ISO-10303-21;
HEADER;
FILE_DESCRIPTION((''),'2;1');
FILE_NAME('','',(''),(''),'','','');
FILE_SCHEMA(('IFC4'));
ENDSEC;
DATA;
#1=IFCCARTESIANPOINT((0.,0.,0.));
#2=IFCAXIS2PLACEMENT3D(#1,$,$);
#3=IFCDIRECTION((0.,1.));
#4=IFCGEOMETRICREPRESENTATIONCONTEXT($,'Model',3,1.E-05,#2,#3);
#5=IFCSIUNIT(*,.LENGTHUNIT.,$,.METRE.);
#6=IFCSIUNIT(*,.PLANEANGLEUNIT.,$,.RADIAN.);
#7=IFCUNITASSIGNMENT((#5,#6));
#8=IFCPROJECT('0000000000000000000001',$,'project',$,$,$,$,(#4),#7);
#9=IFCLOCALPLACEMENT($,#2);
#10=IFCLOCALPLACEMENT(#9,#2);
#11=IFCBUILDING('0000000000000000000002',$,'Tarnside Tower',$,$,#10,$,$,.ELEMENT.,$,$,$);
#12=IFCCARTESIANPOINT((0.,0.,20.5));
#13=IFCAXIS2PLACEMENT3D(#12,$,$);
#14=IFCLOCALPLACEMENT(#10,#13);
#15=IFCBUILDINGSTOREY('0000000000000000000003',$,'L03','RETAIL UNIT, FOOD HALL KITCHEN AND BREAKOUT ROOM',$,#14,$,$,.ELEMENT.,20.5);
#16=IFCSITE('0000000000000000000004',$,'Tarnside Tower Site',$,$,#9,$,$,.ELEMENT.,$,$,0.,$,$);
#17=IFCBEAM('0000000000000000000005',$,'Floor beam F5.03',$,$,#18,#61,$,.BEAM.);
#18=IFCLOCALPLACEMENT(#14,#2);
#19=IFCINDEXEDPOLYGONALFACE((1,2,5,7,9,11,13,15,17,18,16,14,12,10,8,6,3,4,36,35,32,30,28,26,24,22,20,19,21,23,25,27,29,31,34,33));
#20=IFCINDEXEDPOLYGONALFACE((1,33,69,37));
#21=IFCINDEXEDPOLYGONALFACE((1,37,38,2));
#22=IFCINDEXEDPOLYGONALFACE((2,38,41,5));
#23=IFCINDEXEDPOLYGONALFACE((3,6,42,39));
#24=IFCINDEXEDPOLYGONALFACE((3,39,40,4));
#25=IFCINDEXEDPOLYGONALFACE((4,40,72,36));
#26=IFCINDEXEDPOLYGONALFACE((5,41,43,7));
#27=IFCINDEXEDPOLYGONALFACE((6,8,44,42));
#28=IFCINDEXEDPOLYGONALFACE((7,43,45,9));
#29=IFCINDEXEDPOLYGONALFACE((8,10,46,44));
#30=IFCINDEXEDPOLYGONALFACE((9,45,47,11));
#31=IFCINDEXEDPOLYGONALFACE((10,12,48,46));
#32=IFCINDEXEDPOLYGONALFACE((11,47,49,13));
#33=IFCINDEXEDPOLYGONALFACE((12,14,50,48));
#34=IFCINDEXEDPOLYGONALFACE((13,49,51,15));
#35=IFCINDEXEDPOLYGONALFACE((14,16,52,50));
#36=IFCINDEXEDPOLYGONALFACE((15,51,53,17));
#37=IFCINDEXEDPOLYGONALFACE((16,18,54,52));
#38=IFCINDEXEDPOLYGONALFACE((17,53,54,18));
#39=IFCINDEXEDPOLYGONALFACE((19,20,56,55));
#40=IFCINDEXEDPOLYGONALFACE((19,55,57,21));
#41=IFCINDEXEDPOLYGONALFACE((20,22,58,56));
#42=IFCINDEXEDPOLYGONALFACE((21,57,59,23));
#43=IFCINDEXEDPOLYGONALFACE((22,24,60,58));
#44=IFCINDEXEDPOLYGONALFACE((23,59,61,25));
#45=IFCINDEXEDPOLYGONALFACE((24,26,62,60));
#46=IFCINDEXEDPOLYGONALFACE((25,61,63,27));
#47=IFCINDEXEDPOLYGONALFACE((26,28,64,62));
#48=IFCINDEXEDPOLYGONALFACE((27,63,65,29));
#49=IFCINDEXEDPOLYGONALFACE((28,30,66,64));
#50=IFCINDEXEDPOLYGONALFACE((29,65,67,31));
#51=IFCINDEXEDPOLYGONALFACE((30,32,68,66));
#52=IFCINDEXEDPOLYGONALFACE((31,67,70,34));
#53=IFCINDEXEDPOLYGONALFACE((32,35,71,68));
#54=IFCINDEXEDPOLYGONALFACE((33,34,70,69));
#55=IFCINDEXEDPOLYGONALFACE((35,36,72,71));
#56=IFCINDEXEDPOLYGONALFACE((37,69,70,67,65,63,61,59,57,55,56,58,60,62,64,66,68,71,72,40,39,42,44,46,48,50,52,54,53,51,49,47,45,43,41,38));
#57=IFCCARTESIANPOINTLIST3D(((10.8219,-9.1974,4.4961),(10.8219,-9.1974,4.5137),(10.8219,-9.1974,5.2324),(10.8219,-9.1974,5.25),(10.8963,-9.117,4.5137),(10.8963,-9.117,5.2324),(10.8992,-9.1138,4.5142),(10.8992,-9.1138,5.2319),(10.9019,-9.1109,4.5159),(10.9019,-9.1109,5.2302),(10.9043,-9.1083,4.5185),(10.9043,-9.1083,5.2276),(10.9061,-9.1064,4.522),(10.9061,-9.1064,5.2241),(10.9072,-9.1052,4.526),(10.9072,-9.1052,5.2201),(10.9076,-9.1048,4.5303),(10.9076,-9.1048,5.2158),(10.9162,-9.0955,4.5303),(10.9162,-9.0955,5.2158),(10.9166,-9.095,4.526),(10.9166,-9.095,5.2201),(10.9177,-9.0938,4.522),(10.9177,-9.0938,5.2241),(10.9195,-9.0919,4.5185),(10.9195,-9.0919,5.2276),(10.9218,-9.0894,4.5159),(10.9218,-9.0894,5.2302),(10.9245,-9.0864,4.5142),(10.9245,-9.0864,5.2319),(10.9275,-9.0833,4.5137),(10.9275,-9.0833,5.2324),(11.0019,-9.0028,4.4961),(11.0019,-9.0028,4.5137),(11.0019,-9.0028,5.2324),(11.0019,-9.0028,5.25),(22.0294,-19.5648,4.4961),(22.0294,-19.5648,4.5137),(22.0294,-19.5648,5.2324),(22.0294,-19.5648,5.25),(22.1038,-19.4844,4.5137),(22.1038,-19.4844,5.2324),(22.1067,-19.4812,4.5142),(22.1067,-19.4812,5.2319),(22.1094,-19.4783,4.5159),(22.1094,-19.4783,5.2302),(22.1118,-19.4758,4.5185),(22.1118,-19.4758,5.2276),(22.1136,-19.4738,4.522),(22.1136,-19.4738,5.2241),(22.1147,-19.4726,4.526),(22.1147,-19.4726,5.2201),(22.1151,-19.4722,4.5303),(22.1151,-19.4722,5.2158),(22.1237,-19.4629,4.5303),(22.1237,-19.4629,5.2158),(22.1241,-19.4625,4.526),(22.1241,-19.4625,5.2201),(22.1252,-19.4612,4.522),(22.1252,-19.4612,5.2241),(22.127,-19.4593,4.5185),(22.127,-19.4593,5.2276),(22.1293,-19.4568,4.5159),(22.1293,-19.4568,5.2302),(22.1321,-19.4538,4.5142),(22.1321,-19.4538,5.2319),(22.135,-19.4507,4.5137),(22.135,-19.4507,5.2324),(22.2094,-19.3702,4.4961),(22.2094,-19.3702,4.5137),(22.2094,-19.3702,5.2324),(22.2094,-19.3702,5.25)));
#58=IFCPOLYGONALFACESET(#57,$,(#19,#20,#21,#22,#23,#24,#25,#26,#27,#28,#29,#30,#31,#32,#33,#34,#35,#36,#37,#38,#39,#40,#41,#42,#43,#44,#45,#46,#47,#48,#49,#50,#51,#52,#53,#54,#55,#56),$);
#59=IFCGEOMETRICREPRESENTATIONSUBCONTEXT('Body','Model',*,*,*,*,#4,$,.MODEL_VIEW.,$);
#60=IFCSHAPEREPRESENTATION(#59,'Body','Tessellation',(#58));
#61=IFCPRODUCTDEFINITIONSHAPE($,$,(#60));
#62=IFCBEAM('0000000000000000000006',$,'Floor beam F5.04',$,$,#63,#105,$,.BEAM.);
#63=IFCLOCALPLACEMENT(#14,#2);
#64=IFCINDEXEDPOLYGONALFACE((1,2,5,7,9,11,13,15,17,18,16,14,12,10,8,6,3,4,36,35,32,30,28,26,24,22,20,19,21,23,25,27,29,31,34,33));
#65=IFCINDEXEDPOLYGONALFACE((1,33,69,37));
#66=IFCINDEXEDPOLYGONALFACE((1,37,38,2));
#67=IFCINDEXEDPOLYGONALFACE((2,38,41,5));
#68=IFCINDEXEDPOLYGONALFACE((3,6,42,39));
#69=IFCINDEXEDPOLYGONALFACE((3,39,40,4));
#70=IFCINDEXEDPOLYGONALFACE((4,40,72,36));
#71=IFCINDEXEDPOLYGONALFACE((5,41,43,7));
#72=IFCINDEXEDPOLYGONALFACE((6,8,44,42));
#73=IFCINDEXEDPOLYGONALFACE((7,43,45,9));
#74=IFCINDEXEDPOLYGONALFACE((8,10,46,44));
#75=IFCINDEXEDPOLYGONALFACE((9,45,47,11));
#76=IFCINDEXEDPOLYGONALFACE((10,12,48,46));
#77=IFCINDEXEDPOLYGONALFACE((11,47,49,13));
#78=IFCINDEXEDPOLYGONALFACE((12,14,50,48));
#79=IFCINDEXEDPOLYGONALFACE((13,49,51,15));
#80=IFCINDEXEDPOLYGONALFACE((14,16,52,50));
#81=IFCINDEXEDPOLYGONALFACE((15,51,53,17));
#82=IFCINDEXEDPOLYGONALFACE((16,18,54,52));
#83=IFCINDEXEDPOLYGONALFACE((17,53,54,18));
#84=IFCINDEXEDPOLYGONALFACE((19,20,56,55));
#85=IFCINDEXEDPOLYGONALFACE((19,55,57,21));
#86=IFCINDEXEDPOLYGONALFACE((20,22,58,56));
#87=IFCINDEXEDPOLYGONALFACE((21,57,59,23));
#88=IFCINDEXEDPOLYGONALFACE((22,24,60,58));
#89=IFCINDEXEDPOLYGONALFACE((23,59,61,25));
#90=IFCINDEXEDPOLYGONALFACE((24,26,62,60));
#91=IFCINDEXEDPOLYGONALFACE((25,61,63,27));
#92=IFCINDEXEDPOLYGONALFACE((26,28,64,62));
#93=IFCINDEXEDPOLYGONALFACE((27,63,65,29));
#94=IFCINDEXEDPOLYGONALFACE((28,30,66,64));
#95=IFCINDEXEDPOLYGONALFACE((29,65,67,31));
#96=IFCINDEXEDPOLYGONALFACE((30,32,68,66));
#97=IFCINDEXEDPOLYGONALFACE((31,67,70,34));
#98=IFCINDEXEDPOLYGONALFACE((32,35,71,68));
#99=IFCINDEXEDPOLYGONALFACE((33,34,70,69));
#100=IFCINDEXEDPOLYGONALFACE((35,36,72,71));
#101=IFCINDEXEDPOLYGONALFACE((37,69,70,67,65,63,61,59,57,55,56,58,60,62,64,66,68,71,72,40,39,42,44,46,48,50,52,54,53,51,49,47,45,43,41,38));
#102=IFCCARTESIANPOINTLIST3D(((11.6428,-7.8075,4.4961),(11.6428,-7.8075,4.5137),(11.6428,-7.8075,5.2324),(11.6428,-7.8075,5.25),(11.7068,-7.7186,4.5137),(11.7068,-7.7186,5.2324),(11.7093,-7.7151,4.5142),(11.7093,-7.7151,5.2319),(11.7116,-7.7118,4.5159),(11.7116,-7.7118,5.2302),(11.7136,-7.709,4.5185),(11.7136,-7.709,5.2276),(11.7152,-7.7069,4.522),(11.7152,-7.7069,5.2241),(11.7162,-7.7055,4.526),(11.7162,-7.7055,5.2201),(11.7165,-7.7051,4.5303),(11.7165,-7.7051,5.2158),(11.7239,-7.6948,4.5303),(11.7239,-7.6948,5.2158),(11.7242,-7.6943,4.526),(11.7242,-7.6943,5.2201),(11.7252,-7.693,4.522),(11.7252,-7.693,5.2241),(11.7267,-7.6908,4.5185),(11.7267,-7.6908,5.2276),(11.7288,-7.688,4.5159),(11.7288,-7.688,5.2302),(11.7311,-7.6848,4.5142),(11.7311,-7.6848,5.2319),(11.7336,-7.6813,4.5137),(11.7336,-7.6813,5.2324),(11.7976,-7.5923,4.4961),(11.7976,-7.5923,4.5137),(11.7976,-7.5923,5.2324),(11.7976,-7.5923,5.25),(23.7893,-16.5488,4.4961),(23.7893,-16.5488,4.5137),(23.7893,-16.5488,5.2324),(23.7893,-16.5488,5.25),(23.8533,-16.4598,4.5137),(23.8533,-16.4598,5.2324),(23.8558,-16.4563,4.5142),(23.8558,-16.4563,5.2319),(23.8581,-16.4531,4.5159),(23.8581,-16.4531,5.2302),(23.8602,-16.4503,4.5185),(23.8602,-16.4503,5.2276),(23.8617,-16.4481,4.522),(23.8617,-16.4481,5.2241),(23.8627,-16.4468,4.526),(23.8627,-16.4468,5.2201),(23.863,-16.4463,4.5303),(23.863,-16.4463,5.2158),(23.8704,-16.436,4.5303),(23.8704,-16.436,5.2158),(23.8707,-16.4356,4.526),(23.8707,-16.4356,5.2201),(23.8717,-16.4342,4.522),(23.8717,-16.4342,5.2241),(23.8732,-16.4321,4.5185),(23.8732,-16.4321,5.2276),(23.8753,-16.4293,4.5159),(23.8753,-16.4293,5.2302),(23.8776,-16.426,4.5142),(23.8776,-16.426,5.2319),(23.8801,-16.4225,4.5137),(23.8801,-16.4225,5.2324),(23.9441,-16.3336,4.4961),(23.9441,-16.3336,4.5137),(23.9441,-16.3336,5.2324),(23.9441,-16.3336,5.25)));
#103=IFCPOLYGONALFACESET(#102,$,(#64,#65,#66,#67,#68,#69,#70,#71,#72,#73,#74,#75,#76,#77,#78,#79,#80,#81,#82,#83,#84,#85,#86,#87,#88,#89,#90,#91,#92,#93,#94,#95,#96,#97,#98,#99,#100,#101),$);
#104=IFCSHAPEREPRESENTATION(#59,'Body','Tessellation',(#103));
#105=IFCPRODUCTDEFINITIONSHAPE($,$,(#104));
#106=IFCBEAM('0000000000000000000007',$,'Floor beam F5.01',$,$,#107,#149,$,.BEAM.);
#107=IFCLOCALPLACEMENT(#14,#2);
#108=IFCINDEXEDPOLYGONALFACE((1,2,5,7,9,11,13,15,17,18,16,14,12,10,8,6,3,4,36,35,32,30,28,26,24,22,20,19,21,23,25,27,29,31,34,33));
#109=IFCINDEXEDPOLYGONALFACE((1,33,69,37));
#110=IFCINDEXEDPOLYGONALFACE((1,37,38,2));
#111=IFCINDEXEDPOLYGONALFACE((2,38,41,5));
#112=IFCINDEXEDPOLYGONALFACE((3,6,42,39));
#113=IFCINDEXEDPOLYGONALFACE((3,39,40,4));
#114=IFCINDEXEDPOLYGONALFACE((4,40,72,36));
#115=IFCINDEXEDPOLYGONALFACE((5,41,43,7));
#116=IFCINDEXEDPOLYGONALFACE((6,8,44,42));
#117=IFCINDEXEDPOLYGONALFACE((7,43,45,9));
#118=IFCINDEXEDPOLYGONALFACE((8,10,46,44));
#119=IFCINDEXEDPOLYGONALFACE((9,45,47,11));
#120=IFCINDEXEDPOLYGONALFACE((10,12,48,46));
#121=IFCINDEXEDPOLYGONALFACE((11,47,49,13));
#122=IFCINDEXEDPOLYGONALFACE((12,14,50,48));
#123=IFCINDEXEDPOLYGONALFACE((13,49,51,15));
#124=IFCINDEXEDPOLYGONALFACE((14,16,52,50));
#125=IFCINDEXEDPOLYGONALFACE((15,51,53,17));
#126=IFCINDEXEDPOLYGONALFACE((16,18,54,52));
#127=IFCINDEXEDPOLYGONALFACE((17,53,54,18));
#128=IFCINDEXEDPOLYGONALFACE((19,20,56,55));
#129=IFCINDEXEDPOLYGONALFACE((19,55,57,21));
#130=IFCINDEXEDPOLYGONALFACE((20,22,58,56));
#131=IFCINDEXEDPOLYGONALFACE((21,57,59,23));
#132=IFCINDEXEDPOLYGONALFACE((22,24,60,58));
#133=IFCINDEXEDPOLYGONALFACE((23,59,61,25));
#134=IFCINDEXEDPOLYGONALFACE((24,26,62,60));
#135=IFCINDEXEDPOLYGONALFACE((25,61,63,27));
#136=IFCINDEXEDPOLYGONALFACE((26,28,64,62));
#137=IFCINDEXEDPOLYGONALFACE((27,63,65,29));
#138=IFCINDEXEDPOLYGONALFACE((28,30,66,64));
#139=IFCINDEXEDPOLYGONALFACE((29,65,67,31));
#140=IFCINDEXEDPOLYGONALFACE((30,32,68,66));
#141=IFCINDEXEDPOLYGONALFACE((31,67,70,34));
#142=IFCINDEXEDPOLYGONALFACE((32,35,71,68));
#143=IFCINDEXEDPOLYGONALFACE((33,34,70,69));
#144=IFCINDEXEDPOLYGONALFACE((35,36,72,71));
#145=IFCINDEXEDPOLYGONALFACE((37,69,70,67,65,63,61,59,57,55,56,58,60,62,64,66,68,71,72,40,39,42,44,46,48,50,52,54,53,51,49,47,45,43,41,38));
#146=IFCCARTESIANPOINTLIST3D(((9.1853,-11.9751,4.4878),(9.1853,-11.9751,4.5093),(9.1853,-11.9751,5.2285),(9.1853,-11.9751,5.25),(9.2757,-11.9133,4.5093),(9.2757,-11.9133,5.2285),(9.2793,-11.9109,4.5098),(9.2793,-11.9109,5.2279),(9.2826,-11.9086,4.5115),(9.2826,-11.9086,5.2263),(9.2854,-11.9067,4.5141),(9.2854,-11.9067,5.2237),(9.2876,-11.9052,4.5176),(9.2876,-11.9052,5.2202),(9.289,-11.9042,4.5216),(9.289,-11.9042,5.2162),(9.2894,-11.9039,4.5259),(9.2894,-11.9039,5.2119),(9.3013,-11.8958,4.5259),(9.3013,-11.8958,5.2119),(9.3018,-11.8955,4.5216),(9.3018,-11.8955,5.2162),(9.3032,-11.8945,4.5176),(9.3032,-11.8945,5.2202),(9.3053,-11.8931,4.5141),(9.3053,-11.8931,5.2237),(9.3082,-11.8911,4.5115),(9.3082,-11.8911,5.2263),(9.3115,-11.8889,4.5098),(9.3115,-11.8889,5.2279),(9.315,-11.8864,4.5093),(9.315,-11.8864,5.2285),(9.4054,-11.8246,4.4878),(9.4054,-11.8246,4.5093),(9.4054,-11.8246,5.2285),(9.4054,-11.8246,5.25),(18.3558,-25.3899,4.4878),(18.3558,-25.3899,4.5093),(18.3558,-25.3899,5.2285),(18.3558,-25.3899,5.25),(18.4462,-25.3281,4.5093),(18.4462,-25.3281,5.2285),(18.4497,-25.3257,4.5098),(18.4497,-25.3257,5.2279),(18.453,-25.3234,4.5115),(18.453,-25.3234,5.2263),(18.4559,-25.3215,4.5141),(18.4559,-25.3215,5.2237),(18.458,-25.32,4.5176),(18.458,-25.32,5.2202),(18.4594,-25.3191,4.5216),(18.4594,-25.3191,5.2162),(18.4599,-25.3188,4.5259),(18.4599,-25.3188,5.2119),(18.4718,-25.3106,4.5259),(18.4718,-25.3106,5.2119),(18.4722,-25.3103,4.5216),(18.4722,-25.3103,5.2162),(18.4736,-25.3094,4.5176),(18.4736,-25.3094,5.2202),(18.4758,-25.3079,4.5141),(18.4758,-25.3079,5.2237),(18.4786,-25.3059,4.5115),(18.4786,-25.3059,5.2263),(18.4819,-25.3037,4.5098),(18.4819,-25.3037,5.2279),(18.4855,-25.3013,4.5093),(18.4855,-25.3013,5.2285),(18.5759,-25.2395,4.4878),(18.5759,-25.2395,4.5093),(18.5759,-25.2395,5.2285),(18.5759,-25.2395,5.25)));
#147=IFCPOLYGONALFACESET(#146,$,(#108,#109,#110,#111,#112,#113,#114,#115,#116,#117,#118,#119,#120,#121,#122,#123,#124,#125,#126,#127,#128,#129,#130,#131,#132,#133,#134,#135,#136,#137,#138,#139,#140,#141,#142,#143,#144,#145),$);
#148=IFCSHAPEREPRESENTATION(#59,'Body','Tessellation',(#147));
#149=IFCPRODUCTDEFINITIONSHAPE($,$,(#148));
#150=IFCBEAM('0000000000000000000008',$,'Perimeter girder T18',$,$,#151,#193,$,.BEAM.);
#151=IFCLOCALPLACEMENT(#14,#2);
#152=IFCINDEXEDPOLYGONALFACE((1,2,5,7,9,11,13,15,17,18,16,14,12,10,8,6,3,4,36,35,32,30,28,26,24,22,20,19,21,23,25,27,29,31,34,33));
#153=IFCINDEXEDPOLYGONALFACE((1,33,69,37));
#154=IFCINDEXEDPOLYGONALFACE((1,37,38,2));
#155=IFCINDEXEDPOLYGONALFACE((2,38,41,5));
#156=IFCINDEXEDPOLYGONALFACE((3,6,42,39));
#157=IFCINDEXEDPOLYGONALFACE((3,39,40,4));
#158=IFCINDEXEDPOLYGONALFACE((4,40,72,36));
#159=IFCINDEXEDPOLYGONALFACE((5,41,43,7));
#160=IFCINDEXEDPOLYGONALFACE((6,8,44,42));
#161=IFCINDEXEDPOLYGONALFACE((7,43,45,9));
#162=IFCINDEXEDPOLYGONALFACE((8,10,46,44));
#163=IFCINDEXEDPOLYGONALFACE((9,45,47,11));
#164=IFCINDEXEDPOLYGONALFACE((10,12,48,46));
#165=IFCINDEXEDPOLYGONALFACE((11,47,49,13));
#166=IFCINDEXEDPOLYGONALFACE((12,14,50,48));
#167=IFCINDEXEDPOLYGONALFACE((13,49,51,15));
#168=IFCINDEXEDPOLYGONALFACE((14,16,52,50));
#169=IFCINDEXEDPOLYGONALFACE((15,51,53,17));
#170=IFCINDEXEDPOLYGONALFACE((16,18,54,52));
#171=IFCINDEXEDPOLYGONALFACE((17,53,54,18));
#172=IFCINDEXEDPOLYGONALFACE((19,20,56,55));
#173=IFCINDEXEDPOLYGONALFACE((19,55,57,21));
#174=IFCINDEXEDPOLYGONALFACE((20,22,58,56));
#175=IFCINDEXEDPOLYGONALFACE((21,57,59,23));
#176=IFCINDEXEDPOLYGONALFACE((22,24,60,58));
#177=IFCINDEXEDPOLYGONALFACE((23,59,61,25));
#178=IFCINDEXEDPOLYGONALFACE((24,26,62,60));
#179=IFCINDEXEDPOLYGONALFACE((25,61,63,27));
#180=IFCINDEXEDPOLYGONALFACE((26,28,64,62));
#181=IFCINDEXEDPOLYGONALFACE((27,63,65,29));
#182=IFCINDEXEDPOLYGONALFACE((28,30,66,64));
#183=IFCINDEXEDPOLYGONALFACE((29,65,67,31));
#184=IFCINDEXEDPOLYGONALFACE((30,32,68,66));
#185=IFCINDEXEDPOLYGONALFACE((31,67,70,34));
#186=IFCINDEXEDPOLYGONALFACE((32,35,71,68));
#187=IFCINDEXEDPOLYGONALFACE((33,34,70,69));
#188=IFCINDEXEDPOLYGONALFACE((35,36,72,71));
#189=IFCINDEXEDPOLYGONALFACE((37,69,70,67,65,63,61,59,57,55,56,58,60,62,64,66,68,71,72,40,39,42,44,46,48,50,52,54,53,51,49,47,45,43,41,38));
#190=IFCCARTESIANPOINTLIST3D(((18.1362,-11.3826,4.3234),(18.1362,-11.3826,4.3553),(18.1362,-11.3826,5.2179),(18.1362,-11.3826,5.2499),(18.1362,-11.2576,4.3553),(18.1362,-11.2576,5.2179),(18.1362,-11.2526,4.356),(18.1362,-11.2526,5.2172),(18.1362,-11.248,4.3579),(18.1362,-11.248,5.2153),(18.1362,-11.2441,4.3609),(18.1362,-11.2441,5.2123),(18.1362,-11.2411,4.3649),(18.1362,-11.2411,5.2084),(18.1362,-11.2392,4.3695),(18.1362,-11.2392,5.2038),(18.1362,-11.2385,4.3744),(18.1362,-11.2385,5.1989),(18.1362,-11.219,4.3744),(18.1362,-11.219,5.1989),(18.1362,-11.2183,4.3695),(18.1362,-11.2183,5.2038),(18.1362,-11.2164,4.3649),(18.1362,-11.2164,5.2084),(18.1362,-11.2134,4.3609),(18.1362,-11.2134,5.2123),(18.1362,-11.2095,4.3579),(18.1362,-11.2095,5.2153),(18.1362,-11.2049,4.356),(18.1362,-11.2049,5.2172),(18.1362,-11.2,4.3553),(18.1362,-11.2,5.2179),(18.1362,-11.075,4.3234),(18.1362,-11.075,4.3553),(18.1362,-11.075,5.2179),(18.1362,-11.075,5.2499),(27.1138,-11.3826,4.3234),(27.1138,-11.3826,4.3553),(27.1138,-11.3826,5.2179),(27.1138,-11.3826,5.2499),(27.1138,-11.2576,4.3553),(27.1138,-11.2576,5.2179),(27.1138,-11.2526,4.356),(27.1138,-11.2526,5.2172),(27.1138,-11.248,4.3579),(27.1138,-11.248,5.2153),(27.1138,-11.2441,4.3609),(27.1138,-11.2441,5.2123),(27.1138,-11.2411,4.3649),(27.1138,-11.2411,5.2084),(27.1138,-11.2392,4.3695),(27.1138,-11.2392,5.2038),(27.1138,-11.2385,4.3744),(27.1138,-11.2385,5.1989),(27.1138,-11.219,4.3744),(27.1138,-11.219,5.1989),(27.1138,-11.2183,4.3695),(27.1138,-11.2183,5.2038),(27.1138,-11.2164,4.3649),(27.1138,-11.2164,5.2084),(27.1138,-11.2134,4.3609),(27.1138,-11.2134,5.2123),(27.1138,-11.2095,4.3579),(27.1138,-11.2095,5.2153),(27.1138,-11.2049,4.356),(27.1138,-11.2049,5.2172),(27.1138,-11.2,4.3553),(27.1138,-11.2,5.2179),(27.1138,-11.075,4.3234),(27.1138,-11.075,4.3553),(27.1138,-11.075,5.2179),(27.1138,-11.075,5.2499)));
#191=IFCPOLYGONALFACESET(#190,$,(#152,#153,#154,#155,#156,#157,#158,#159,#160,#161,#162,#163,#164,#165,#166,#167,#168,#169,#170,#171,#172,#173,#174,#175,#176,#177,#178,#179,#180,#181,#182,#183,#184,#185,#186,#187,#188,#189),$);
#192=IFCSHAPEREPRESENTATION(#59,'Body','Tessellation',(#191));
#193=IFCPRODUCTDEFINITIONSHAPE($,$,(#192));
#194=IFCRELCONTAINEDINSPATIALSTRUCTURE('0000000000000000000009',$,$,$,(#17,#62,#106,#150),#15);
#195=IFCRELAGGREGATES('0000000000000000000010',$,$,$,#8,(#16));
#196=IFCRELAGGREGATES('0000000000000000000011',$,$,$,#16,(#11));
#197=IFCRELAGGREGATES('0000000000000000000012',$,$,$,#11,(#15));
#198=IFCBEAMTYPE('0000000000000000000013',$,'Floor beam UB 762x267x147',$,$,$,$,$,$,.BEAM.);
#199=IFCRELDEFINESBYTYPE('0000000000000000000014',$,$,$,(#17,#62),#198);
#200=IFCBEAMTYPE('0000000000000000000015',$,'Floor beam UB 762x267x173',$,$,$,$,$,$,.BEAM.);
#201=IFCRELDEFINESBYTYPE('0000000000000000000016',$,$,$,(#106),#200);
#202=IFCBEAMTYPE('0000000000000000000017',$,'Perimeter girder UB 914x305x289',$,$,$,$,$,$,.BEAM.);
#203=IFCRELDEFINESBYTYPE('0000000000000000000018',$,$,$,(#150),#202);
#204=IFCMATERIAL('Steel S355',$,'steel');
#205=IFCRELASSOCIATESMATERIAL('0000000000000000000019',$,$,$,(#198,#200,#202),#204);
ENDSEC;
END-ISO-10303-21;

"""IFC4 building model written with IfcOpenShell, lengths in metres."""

from ifc_helpers import new_model, si_unit, direction, frame, origin, origin_2d, place, context, subcontext, project, spatial, i_section, extrude, material, material_profile, profile_set, type_object, element, save


model = new_model("IFC4")

# Units and contexts
model_context = context("Model", 3, precision=1e-05, world=origin(), true_north=direction((0.0, 1.0)))
body_context = subcontext(model_context, "Body", "Model", "MODEL_VIEW")
ifc_project = project(units=[si_unit("LENGTHUNIT", "METRE"), si_unit("PLANEANGLEUNIT", "RADIAN")], contexts=[model_context])

# Site, building, storey
site_placement = place(None, origin())
site = spatial("IfcSite", under=ifc_project, at=site_placement, Name="Tarnside Tower Site", CompositionType="ELEMENT", RefElevation=0.0)
building_placement = place(site_placement, origin())
building = spatial("IfcBuilding", under=site, at=building_placement, Name="Tarnside Tower", CompositionType="ELEMENT")
storey_placement = place(building_placement, frame((0.0, 0.0, 20.5)))
storey = spatial("IfcBuildingStorey", under=building, at=storey_placement, Name="L03", Description="RETAIL UNIT, FOOD HALL KITCHEN AND BREAKOUT ROOM", CompositionType="ELEMENT", Elevation=20.5)

# Beams
ifc_material_1 = material(Name="Steel S355", Category="steel")
ifc_material_profile_1 = material_profile(ifc_material_1, i_section(OverallWidth=0.2651, OverallDepth=0.7539, WebThickness=0.0127, FlangeThickness=0.0176, FilletRadius=0.0166, at=origin_2d()), Name="UB 762x267x147")
ifc_profile_set_1 = profile_set([ifc_material_profile_1], Name="Steel S355")
beam_type_1 = type_object("IfcBeamType", Name="Floor beam UB 762x267x147", PredefinedType="BEAM", material=ifc_profile_set_1)
beam_1_placement = place(storey_placement, frame((22.1194, -19.4675, 4.873), z_axis=(-0.734084, 0.679059, 0.0), x_axis=(-0.679059, -0.734084, 0.0)))
element("IfcBeam", 1, at=beam_1_placement, inside=storey, type_object=beam_type_1, Name="Floor beam F5.03", PredefinedType="BEAM", context=body_context, shape_type="SweptSolid", body=[
    extrude(i_section(OverallWidth=0.2651, OverallDepth=0.7539, WebThickness=0.0127, FlangeThickness=0.0176, FilletRadius=0.0166, at=origin_2d()), origin(), (0.0, 0.0, 1.0), 15.2673),
])
beam_2_placement = place(storey_placement, frame((23.8667, -16.4412, 4.873), z_axis=(-0.811669, 0.584117, 0.0), x_axis=(-0.584117, -0.811669, 0.0)))
element("IfcBeam", 2, at=beam_2_placement, inside=storey, type_object=beam_type_1, Name="Floor beam F5.04", PredefinedType="BEAM", context=body_context, shape_type="SweptSolid", body=[
    extrude(i_section(OverallWidth=0.2651, OverallDepth=0.7539, WebThickness=0.0127, FlangeThickness=0.0176, FilletRadius=0.0166, at=origin_2d()), origin(), (0.0, 0.0, 1.0), 14.9648),
])
ifc_material_profile_2 = material_profile(ifc_material_1, i_section(OverallWidth=0.2666, OverallDepth=0.7622, WebThickness=0.0144, FlangeThickness=0.0215, FilletRadius=0.0166, at=origin_2d()), Name="UB 762x267x173")
ifc_profile_set_2 = profile_set([ifc_material_profile_2], Name="Steel S355")
beam_type_2 = type_object("IfcBeamType", Name="Floor beam UB 762x267x173", PredefinedType="BEAM", material=ifc_profile_set_2)
beam_3_placement = place(storey_placement, frame((18.4658, -25.3147, 4.8689), z_axis=(-0.564343, 0.82554, 0.0), x_axis=(-0.82554, -0.564343, 0.0)))
element("IfcBeam", 3, at=beam_3_placement, inside=storey, type_object=beam_type_2, Name="Floor beam F5.01", PredefinedType="BEAM", context=body_context, shape_type="SweptSolid", body=[
    extrude(i_section(OverallWidth=0.2666, OverallDepth=0.7622, WebThickness=0.0144, FlangeThickness=0.0215, FilletRadius=0.0166, at=origin_2d()), origin(), (0.0, 0.0, 1.0), 16.2498),
])
ifc_material_profile_3 = material_profile(ifc_material_1, i_section(OverallWidth=0.3076, OverallDepth=0.9265, WebThickness=0.0195, FlangeThickness=0.032, FilletRadius=0.019, at=origin_2d()), Name="UB 914x305x289")
ifc_profile_set_3 = profile_set([ifc_material_profile_3], Name="Steel S355")
beam_type_3 = type_object("IfcBeamType", Name="Perimeter girder UB 914x305x289", PredefinedType="BEAM", material=ifc_profile_set_3)
beam_4_placement = place(storey_placement, frame((27.1138, -11.2288, 4.7866), z_axis=(-1.0, 0.0, 0.0), x_axis=(0.0, -1.0, 0.0)))
element("IfcBeam", 4, at=beam_4_placement, inside=storey, type_object=beam_type_3, Name="Perimeter girder T18", PredefinedType="BEAM", context=body_context, shape_type="SweptSolid", body=[
    extrude(i_section(OverallWidth=0.3076, OverallDepth=0.9265, WebThickness=0.0195, FlangeThickness=0.032, FilletRadius=0.019, at=origin_2d()), origin(), (0.0, 0.0, 1.0), 8.9775),
])

save(model, "model.ifc")
